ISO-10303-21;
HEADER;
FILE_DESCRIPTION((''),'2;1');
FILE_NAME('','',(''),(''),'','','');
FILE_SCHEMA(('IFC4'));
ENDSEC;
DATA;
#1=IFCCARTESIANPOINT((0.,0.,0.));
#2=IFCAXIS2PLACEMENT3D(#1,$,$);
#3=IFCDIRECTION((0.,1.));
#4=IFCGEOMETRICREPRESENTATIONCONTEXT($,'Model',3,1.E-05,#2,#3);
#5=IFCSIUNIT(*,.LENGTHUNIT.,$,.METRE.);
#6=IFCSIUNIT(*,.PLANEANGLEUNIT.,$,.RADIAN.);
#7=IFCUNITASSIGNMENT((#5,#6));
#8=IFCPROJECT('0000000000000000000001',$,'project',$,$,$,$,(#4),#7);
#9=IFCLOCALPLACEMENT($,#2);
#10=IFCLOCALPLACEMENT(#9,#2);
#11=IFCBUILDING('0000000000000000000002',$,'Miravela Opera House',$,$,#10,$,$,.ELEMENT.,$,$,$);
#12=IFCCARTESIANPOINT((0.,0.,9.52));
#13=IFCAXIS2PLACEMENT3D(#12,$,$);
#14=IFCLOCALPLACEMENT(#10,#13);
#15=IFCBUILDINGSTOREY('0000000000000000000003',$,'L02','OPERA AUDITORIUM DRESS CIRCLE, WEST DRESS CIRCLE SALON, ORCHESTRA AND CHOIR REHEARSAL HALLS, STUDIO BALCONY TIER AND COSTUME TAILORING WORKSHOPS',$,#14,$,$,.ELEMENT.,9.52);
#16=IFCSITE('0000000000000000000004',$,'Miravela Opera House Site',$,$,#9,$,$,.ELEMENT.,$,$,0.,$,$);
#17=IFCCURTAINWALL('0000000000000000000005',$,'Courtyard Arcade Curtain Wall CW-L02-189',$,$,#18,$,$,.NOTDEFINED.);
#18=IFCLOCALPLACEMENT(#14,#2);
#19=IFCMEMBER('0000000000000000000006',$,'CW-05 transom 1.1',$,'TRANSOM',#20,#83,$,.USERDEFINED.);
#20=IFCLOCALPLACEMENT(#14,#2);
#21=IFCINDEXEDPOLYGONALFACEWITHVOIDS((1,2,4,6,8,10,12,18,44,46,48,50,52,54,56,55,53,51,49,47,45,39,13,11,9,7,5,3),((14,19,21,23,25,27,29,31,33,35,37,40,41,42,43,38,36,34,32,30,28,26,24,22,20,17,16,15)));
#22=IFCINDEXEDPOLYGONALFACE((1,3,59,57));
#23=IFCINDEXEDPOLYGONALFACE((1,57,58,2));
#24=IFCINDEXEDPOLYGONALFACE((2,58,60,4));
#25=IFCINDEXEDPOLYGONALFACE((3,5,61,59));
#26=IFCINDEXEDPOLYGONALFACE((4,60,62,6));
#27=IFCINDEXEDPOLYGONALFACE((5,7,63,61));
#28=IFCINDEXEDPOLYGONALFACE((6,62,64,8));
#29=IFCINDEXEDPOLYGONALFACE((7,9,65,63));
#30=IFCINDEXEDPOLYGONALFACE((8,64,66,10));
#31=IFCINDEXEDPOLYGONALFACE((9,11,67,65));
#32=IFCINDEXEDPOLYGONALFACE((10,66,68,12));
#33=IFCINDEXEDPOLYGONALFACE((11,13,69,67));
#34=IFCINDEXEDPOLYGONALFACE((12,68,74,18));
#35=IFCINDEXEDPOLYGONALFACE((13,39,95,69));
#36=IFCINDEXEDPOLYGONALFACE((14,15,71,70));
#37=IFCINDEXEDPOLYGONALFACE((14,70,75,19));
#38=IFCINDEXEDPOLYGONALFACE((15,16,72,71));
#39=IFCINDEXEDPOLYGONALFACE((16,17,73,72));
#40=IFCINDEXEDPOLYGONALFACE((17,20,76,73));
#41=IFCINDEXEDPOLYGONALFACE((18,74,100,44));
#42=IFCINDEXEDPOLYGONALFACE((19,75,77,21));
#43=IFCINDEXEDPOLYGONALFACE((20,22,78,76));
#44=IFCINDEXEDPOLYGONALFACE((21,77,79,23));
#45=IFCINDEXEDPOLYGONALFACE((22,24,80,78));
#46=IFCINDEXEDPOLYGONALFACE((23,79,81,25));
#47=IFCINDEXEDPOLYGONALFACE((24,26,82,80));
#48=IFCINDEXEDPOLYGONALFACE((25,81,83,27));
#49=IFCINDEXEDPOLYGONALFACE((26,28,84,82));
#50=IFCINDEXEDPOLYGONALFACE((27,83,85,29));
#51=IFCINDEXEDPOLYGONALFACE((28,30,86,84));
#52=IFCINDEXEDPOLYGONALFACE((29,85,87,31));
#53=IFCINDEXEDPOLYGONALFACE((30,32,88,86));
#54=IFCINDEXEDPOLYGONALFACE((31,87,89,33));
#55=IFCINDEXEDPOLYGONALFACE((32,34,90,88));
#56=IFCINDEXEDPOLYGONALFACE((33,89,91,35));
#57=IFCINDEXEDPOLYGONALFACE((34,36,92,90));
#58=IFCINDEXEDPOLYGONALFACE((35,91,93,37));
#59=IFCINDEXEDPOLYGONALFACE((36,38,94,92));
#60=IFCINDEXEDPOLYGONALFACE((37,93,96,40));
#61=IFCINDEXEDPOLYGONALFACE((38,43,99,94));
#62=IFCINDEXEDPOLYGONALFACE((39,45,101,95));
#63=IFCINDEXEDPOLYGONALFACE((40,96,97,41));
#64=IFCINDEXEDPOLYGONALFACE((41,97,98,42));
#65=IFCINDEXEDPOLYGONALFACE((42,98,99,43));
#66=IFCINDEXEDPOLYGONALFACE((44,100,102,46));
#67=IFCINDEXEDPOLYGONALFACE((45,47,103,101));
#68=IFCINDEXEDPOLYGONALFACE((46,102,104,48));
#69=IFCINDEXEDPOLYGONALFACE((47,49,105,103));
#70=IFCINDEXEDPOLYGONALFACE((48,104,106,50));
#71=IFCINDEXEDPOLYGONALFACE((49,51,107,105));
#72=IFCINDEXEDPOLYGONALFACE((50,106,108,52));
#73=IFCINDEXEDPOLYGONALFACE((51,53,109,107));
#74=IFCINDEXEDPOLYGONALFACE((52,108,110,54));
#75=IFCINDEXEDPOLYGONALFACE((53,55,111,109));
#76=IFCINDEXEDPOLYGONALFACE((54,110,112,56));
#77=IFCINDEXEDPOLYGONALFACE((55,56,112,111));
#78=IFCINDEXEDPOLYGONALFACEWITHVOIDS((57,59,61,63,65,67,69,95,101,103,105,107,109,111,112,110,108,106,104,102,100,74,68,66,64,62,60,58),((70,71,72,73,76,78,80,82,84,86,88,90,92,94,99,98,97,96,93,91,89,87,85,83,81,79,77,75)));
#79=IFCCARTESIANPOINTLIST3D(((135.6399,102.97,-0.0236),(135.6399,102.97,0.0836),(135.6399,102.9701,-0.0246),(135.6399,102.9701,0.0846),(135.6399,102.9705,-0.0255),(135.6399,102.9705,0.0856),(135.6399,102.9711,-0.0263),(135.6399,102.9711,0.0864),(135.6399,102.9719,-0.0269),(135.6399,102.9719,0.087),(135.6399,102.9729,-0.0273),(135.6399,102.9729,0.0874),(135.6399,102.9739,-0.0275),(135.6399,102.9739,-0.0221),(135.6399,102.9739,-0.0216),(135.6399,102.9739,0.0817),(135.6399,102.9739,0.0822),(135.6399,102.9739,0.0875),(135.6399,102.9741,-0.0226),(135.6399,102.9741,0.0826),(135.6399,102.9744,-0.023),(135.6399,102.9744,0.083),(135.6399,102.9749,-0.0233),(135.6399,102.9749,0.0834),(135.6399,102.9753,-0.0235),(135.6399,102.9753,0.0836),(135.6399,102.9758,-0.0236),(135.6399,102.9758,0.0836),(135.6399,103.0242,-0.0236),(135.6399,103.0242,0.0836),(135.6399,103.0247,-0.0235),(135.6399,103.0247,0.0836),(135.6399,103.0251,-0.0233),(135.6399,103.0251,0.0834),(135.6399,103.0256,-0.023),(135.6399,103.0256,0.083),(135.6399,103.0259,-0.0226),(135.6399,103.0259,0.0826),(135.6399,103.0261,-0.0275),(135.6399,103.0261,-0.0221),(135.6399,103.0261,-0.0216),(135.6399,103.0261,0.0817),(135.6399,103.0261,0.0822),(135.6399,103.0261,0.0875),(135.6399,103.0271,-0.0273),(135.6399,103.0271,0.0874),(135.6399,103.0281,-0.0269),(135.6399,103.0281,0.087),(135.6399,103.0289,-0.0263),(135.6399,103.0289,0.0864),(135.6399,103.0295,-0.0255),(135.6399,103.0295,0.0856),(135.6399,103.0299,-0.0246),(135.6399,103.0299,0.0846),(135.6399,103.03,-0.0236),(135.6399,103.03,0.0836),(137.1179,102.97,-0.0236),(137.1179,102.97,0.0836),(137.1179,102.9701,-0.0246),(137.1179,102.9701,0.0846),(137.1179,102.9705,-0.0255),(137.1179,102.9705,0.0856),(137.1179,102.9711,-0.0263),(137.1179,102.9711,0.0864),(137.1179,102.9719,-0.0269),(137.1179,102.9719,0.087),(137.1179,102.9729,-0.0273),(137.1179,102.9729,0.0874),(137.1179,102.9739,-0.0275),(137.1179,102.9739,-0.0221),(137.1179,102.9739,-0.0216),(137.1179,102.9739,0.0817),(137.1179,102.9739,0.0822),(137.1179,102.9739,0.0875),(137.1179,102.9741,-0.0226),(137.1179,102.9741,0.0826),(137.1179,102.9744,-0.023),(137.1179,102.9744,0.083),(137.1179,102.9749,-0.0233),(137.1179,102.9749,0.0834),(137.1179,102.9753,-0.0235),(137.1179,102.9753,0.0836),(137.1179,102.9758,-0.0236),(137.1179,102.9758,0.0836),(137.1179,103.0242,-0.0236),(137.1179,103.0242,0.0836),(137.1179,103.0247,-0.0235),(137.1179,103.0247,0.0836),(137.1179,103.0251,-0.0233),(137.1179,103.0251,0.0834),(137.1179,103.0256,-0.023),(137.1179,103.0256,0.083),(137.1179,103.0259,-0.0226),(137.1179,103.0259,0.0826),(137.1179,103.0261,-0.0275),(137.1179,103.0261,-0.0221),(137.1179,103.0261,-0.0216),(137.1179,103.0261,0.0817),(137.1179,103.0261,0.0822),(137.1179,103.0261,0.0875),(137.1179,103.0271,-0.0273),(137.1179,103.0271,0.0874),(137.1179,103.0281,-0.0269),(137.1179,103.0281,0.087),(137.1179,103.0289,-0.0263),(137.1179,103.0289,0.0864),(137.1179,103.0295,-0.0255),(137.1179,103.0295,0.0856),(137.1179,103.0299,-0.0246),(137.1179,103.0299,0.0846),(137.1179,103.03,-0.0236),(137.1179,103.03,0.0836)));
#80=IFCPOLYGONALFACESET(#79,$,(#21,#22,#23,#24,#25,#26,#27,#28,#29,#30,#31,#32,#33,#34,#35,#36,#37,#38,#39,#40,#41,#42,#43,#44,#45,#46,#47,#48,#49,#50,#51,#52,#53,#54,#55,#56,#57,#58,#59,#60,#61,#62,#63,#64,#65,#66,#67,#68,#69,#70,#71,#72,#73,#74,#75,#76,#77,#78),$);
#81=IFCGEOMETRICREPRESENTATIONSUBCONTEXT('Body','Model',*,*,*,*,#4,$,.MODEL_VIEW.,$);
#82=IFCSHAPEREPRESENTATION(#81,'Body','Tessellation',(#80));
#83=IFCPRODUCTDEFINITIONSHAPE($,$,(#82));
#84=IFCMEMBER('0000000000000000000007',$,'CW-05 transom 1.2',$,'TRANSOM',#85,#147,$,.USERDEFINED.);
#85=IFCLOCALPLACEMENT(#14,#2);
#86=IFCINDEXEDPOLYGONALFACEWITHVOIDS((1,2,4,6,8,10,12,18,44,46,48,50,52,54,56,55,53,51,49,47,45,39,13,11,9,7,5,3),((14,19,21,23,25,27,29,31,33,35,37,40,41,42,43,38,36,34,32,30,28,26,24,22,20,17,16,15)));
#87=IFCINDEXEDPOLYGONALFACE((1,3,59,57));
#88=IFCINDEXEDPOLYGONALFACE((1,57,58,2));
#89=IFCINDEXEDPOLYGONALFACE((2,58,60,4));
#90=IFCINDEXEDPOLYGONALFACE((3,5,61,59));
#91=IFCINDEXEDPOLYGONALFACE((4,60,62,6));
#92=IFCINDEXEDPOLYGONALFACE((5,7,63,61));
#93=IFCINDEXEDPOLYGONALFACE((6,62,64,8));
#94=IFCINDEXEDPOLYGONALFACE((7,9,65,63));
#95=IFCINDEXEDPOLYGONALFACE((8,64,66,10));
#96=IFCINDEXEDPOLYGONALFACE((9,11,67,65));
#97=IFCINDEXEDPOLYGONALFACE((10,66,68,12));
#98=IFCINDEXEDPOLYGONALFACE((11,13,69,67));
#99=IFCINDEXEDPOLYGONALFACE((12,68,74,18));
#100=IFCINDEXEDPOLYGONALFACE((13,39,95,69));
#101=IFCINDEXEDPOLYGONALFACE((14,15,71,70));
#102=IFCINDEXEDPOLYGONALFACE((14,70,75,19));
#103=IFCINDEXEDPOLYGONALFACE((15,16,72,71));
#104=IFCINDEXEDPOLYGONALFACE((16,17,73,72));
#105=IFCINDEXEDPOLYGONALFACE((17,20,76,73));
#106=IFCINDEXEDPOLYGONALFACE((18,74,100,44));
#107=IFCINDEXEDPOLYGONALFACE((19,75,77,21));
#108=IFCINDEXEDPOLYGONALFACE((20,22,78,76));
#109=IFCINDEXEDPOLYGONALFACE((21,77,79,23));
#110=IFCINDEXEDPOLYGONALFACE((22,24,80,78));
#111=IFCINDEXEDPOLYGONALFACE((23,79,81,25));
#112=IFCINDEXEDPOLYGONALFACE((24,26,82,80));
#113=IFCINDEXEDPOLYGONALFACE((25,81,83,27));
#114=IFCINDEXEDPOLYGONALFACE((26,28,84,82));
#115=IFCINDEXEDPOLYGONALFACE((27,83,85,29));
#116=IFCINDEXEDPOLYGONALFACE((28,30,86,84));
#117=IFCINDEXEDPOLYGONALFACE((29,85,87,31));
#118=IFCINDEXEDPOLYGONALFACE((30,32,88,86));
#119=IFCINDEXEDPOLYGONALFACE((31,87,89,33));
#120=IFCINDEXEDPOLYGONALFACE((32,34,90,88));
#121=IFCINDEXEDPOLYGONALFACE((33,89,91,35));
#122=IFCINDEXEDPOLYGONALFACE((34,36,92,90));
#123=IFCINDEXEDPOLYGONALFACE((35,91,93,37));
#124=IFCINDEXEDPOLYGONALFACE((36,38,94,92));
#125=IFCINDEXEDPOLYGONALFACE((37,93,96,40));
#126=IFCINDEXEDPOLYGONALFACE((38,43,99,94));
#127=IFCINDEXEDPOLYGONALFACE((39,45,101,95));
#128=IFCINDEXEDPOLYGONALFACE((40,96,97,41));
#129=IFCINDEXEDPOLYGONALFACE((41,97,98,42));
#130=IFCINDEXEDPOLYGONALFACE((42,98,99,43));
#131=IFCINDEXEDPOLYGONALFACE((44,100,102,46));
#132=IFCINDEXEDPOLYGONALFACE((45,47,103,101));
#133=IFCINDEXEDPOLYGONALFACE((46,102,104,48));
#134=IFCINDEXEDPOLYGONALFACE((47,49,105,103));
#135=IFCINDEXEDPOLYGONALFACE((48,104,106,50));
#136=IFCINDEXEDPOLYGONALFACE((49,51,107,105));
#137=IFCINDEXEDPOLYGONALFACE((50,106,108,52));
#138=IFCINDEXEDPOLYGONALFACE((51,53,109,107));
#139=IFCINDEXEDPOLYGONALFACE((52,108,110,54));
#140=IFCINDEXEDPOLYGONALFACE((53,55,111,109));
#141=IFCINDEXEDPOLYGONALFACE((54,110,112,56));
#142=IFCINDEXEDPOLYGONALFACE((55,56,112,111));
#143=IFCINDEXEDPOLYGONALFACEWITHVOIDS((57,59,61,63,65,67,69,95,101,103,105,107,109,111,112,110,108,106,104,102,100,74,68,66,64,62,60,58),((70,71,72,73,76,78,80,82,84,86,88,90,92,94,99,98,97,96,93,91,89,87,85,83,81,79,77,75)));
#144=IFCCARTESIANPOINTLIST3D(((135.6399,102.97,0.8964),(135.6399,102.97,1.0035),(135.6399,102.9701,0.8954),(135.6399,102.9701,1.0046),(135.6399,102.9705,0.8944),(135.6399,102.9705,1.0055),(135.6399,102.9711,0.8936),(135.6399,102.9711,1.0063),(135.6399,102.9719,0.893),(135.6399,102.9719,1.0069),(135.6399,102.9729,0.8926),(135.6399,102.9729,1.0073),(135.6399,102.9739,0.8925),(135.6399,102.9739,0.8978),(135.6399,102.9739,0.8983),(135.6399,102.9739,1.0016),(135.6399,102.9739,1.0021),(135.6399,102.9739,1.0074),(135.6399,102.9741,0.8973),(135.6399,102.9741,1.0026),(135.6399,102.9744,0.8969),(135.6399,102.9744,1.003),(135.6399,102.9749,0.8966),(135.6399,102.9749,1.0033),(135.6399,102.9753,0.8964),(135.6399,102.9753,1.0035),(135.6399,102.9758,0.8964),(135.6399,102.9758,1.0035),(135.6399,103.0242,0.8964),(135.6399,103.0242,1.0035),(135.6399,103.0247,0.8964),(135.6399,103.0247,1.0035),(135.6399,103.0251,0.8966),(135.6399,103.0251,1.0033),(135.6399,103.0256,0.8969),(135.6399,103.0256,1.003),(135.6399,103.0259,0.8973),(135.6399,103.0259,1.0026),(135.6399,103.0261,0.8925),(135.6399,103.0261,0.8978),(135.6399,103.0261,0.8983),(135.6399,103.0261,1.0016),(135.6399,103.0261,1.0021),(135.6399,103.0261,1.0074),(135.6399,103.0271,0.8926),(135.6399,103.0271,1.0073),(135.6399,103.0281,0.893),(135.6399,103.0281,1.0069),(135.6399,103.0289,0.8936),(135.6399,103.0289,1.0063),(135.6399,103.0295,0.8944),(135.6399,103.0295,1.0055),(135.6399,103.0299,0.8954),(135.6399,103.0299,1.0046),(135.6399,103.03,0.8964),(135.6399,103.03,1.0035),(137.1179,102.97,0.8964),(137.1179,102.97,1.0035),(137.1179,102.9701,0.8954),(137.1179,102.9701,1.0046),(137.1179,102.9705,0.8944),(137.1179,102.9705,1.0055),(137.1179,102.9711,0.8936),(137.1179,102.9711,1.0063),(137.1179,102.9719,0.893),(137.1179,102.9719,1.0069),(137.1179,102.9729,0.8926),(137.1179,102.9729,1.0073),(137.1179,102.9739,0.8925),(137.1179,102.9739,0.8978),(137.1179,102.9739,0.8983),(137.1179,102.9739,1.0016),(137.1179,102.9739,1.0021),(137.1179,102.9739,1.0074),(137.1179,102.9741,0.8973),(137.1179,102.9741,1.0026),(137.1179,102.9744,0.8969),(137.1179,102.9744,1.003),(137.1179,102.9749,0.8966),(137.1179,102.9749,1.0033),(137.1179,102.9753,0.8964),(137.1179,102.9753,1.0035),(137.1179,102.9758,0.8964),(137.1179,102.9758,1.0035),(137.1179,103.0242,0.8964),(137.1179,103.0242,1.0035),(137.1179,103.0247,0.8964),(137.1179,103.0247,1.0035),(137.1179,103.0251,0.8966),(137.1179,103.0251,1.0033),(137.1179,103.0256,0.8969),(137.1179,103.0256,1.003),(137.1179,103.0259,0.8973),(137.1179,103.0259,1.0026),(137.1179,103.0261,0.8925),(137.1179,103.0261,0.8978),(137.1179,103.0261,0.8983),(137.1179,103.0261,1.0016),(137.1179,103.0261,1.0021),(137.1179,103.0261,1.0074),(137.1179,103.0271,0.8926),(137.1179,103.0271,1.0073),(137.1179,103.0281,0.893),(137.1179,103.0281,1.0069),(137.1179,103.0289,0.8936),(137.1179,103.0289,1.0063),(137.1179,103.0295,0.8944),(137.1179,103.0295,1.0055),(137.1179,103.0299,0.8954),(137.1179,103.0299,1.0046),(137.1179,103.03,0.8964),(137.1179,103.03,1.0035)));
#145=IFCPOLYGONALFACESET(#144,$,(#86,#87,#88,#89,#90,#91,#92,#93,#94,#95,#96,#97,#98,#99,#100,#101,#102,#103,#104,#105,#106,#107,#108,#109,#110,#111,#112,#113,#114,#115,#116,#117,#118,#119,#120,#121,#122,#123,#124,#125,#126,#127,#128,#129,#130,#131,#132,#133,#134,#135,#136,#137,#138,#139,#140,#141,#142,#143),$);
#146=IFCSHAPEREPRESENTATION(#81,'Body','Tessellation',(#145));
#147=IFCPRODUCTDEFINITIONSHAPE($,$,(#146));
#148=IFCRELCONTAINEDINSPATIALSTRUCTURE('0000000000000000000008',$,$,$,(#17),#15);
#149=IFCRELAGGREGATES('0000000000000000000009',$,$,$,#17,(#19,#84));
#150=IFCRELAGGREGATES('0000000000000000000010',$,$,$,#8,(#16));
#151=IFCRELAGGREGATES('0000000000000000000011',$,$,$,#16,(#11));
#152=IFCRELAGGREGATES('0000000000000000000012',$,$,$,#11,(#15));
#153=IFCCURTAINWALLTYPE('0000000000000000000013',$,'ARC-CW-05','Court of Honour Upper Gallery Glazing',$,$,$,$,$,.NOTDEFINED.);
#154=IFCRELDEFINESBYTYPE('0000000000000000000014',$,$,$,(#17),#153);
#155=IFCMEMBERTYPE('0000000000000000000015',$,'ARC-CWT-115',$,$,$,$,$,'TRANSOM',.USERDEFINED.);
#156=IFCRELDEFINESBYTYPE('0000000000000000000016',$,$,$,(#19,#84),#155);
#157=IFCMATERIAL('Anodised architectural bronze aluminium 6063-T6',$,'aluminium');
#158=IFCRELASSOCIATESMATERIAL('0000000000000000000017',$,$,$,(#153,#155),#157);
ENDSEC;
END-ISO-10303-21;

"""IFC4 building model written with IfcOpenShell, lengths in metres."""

from ifc_helpers import new_model, si_unit, direction, frame, origin, origin_2d, place, context, subcontext, project, spatial, hollow_rectangle, extrude, material, material_profile, profile_set, type_object, element, aggregate, save


model = new_model("IFC4")

# Units and contexts
model_context = context("Model", 3, precision=1e-05, world=origin(), true_north=direction((0.0, 1.0)))
body_context = subcontext(model_context, "Body", "Model", "MODEL_VIEW")
ifc_project = project(units=[si_unit("LENGTHUNIT", "METRE"), si_unit("PLANEANGLEUNIT", "RADIAN")], contexts=[model_context])

# Site, building, storey
site_placement = place(None, origin())
site = spatial("IfcSite", under=ifc_project, at=site_placement, Name="Miravela Opera House Site", CompositionType="ELEMENT", RefElevation=0.0)
building_placement = place(site_placement, origin())
building = spatial("IfcBuilding", under=site, at=building_placement, Name="Miravela Opera House", CompositionType="ELEMENT")
storey_placement = place(building_placement, frame((0.0, 0.0, 9.52)))
storey = spatial("IfcBuildingStorey", under=building, at=storey_placement, Name="L02", Description="OPERA AUDITORIUM DRESS CIRCLE, WEST DRESS CIRCLE SALON, ORCHESTRA AND CHOIR REHEARSAL HALLS, STUDIO BALCONY TIER AND COSTUME TAILORING WORKSHOPS", CompositionType="ELEMENT", Elevation=9.52)

# Shared definitions
ifc_material_1 = material(Name="Anodised architectural bronze aluminium 6063-T6", Category="aluminium")
curtain_wall_type = type_object("IfcCurtainWallType", Name="ARC-CW-05", Description="Court of Honour Upper Gallery Glazing", PredefinedType="NOTDEFINED", material=ifc_material_1)

# Curtain wall
curtain_wall_1_placement = place(storey_placement, origin())
curtain_wall_1 = element("IfcCurtainWall", 1, at=curtain_wall_1_placement, inside=storey, type_object=curtain_wall_type, Name="Courtyard Arcade Curtain Wall CW-L02-189", PredefinedType="NOTDEFINED")

# Members
ifc_material_profile_1 = material_profile(ifc_material_1, hollow_rectangle(XDim=0.0601, YDim=0.115, WallThickness=0.0039, InnerFilletRadius=0.002, OuterFilletRadius=0.0039, at=origin_2d()), Name="CWT-60X115")
ifc_profile_set_1 = profile_set([ifc_material_profile_1])
member_type_1 = type_object("IfcMemberType", Name="ARC-CWT-115", ElementType="TRANSOM", PredefinedType="USERDEFINED", material=ifc_profile_set_1)
member_1_placement = place(storey_placement, frame((135.6399, 103.0, 0.03), z_axis=(1.0, 0.0, 0.0), x_axis=(0.0, 1.0, 0.0)))
member_1 = element("IfcMember", 2, at=member_1_placement, type_object=member_type_1, Name="CW-05 transom 1.1", ObjectType="TRANSOM", PredefinedType="USERDEFINED", context=body_context, shape_type="SweptSolid", body=[
    extrude(hollow_rectangle(XDim=0.0601, YDim=0.115, WallThickness=0.0039, InnerFilletRadius=0.002, OuterFilletRadius=0.0039, at=origin_2d()), origin(), (0.0, 0.0, 1.0), 1.478),
])
member_2_placement = place(storey_placement, frame((135.6399, 103.0, 0.95), z_axis=(1.0, 0.0, 0.0), x_axis=(0.0, 1.0, 0.0)))
member_2 = element("IfcMember", 3, at=member_2_placement, type_object=member_type_1, Name="CW-05 transom 1.2", ObjectType="TRANSOM", PredefinedType="USERDEFINED", context=body_context, shape_type="SweptSolid", body=[
    extrude(hollow_rectangle(XDim=0.0601, YDim=0.115, WallThickness=0.0039, InnerFilletRadius=0.002, OuterFilletRadius=0.0039, at=origin_2d()), origin(), (0.0, 0.0, 1.0), 1.478),
])

aggregate(curtain_wall_1, [member_1, member_2])

save(model, "model.ifc")
